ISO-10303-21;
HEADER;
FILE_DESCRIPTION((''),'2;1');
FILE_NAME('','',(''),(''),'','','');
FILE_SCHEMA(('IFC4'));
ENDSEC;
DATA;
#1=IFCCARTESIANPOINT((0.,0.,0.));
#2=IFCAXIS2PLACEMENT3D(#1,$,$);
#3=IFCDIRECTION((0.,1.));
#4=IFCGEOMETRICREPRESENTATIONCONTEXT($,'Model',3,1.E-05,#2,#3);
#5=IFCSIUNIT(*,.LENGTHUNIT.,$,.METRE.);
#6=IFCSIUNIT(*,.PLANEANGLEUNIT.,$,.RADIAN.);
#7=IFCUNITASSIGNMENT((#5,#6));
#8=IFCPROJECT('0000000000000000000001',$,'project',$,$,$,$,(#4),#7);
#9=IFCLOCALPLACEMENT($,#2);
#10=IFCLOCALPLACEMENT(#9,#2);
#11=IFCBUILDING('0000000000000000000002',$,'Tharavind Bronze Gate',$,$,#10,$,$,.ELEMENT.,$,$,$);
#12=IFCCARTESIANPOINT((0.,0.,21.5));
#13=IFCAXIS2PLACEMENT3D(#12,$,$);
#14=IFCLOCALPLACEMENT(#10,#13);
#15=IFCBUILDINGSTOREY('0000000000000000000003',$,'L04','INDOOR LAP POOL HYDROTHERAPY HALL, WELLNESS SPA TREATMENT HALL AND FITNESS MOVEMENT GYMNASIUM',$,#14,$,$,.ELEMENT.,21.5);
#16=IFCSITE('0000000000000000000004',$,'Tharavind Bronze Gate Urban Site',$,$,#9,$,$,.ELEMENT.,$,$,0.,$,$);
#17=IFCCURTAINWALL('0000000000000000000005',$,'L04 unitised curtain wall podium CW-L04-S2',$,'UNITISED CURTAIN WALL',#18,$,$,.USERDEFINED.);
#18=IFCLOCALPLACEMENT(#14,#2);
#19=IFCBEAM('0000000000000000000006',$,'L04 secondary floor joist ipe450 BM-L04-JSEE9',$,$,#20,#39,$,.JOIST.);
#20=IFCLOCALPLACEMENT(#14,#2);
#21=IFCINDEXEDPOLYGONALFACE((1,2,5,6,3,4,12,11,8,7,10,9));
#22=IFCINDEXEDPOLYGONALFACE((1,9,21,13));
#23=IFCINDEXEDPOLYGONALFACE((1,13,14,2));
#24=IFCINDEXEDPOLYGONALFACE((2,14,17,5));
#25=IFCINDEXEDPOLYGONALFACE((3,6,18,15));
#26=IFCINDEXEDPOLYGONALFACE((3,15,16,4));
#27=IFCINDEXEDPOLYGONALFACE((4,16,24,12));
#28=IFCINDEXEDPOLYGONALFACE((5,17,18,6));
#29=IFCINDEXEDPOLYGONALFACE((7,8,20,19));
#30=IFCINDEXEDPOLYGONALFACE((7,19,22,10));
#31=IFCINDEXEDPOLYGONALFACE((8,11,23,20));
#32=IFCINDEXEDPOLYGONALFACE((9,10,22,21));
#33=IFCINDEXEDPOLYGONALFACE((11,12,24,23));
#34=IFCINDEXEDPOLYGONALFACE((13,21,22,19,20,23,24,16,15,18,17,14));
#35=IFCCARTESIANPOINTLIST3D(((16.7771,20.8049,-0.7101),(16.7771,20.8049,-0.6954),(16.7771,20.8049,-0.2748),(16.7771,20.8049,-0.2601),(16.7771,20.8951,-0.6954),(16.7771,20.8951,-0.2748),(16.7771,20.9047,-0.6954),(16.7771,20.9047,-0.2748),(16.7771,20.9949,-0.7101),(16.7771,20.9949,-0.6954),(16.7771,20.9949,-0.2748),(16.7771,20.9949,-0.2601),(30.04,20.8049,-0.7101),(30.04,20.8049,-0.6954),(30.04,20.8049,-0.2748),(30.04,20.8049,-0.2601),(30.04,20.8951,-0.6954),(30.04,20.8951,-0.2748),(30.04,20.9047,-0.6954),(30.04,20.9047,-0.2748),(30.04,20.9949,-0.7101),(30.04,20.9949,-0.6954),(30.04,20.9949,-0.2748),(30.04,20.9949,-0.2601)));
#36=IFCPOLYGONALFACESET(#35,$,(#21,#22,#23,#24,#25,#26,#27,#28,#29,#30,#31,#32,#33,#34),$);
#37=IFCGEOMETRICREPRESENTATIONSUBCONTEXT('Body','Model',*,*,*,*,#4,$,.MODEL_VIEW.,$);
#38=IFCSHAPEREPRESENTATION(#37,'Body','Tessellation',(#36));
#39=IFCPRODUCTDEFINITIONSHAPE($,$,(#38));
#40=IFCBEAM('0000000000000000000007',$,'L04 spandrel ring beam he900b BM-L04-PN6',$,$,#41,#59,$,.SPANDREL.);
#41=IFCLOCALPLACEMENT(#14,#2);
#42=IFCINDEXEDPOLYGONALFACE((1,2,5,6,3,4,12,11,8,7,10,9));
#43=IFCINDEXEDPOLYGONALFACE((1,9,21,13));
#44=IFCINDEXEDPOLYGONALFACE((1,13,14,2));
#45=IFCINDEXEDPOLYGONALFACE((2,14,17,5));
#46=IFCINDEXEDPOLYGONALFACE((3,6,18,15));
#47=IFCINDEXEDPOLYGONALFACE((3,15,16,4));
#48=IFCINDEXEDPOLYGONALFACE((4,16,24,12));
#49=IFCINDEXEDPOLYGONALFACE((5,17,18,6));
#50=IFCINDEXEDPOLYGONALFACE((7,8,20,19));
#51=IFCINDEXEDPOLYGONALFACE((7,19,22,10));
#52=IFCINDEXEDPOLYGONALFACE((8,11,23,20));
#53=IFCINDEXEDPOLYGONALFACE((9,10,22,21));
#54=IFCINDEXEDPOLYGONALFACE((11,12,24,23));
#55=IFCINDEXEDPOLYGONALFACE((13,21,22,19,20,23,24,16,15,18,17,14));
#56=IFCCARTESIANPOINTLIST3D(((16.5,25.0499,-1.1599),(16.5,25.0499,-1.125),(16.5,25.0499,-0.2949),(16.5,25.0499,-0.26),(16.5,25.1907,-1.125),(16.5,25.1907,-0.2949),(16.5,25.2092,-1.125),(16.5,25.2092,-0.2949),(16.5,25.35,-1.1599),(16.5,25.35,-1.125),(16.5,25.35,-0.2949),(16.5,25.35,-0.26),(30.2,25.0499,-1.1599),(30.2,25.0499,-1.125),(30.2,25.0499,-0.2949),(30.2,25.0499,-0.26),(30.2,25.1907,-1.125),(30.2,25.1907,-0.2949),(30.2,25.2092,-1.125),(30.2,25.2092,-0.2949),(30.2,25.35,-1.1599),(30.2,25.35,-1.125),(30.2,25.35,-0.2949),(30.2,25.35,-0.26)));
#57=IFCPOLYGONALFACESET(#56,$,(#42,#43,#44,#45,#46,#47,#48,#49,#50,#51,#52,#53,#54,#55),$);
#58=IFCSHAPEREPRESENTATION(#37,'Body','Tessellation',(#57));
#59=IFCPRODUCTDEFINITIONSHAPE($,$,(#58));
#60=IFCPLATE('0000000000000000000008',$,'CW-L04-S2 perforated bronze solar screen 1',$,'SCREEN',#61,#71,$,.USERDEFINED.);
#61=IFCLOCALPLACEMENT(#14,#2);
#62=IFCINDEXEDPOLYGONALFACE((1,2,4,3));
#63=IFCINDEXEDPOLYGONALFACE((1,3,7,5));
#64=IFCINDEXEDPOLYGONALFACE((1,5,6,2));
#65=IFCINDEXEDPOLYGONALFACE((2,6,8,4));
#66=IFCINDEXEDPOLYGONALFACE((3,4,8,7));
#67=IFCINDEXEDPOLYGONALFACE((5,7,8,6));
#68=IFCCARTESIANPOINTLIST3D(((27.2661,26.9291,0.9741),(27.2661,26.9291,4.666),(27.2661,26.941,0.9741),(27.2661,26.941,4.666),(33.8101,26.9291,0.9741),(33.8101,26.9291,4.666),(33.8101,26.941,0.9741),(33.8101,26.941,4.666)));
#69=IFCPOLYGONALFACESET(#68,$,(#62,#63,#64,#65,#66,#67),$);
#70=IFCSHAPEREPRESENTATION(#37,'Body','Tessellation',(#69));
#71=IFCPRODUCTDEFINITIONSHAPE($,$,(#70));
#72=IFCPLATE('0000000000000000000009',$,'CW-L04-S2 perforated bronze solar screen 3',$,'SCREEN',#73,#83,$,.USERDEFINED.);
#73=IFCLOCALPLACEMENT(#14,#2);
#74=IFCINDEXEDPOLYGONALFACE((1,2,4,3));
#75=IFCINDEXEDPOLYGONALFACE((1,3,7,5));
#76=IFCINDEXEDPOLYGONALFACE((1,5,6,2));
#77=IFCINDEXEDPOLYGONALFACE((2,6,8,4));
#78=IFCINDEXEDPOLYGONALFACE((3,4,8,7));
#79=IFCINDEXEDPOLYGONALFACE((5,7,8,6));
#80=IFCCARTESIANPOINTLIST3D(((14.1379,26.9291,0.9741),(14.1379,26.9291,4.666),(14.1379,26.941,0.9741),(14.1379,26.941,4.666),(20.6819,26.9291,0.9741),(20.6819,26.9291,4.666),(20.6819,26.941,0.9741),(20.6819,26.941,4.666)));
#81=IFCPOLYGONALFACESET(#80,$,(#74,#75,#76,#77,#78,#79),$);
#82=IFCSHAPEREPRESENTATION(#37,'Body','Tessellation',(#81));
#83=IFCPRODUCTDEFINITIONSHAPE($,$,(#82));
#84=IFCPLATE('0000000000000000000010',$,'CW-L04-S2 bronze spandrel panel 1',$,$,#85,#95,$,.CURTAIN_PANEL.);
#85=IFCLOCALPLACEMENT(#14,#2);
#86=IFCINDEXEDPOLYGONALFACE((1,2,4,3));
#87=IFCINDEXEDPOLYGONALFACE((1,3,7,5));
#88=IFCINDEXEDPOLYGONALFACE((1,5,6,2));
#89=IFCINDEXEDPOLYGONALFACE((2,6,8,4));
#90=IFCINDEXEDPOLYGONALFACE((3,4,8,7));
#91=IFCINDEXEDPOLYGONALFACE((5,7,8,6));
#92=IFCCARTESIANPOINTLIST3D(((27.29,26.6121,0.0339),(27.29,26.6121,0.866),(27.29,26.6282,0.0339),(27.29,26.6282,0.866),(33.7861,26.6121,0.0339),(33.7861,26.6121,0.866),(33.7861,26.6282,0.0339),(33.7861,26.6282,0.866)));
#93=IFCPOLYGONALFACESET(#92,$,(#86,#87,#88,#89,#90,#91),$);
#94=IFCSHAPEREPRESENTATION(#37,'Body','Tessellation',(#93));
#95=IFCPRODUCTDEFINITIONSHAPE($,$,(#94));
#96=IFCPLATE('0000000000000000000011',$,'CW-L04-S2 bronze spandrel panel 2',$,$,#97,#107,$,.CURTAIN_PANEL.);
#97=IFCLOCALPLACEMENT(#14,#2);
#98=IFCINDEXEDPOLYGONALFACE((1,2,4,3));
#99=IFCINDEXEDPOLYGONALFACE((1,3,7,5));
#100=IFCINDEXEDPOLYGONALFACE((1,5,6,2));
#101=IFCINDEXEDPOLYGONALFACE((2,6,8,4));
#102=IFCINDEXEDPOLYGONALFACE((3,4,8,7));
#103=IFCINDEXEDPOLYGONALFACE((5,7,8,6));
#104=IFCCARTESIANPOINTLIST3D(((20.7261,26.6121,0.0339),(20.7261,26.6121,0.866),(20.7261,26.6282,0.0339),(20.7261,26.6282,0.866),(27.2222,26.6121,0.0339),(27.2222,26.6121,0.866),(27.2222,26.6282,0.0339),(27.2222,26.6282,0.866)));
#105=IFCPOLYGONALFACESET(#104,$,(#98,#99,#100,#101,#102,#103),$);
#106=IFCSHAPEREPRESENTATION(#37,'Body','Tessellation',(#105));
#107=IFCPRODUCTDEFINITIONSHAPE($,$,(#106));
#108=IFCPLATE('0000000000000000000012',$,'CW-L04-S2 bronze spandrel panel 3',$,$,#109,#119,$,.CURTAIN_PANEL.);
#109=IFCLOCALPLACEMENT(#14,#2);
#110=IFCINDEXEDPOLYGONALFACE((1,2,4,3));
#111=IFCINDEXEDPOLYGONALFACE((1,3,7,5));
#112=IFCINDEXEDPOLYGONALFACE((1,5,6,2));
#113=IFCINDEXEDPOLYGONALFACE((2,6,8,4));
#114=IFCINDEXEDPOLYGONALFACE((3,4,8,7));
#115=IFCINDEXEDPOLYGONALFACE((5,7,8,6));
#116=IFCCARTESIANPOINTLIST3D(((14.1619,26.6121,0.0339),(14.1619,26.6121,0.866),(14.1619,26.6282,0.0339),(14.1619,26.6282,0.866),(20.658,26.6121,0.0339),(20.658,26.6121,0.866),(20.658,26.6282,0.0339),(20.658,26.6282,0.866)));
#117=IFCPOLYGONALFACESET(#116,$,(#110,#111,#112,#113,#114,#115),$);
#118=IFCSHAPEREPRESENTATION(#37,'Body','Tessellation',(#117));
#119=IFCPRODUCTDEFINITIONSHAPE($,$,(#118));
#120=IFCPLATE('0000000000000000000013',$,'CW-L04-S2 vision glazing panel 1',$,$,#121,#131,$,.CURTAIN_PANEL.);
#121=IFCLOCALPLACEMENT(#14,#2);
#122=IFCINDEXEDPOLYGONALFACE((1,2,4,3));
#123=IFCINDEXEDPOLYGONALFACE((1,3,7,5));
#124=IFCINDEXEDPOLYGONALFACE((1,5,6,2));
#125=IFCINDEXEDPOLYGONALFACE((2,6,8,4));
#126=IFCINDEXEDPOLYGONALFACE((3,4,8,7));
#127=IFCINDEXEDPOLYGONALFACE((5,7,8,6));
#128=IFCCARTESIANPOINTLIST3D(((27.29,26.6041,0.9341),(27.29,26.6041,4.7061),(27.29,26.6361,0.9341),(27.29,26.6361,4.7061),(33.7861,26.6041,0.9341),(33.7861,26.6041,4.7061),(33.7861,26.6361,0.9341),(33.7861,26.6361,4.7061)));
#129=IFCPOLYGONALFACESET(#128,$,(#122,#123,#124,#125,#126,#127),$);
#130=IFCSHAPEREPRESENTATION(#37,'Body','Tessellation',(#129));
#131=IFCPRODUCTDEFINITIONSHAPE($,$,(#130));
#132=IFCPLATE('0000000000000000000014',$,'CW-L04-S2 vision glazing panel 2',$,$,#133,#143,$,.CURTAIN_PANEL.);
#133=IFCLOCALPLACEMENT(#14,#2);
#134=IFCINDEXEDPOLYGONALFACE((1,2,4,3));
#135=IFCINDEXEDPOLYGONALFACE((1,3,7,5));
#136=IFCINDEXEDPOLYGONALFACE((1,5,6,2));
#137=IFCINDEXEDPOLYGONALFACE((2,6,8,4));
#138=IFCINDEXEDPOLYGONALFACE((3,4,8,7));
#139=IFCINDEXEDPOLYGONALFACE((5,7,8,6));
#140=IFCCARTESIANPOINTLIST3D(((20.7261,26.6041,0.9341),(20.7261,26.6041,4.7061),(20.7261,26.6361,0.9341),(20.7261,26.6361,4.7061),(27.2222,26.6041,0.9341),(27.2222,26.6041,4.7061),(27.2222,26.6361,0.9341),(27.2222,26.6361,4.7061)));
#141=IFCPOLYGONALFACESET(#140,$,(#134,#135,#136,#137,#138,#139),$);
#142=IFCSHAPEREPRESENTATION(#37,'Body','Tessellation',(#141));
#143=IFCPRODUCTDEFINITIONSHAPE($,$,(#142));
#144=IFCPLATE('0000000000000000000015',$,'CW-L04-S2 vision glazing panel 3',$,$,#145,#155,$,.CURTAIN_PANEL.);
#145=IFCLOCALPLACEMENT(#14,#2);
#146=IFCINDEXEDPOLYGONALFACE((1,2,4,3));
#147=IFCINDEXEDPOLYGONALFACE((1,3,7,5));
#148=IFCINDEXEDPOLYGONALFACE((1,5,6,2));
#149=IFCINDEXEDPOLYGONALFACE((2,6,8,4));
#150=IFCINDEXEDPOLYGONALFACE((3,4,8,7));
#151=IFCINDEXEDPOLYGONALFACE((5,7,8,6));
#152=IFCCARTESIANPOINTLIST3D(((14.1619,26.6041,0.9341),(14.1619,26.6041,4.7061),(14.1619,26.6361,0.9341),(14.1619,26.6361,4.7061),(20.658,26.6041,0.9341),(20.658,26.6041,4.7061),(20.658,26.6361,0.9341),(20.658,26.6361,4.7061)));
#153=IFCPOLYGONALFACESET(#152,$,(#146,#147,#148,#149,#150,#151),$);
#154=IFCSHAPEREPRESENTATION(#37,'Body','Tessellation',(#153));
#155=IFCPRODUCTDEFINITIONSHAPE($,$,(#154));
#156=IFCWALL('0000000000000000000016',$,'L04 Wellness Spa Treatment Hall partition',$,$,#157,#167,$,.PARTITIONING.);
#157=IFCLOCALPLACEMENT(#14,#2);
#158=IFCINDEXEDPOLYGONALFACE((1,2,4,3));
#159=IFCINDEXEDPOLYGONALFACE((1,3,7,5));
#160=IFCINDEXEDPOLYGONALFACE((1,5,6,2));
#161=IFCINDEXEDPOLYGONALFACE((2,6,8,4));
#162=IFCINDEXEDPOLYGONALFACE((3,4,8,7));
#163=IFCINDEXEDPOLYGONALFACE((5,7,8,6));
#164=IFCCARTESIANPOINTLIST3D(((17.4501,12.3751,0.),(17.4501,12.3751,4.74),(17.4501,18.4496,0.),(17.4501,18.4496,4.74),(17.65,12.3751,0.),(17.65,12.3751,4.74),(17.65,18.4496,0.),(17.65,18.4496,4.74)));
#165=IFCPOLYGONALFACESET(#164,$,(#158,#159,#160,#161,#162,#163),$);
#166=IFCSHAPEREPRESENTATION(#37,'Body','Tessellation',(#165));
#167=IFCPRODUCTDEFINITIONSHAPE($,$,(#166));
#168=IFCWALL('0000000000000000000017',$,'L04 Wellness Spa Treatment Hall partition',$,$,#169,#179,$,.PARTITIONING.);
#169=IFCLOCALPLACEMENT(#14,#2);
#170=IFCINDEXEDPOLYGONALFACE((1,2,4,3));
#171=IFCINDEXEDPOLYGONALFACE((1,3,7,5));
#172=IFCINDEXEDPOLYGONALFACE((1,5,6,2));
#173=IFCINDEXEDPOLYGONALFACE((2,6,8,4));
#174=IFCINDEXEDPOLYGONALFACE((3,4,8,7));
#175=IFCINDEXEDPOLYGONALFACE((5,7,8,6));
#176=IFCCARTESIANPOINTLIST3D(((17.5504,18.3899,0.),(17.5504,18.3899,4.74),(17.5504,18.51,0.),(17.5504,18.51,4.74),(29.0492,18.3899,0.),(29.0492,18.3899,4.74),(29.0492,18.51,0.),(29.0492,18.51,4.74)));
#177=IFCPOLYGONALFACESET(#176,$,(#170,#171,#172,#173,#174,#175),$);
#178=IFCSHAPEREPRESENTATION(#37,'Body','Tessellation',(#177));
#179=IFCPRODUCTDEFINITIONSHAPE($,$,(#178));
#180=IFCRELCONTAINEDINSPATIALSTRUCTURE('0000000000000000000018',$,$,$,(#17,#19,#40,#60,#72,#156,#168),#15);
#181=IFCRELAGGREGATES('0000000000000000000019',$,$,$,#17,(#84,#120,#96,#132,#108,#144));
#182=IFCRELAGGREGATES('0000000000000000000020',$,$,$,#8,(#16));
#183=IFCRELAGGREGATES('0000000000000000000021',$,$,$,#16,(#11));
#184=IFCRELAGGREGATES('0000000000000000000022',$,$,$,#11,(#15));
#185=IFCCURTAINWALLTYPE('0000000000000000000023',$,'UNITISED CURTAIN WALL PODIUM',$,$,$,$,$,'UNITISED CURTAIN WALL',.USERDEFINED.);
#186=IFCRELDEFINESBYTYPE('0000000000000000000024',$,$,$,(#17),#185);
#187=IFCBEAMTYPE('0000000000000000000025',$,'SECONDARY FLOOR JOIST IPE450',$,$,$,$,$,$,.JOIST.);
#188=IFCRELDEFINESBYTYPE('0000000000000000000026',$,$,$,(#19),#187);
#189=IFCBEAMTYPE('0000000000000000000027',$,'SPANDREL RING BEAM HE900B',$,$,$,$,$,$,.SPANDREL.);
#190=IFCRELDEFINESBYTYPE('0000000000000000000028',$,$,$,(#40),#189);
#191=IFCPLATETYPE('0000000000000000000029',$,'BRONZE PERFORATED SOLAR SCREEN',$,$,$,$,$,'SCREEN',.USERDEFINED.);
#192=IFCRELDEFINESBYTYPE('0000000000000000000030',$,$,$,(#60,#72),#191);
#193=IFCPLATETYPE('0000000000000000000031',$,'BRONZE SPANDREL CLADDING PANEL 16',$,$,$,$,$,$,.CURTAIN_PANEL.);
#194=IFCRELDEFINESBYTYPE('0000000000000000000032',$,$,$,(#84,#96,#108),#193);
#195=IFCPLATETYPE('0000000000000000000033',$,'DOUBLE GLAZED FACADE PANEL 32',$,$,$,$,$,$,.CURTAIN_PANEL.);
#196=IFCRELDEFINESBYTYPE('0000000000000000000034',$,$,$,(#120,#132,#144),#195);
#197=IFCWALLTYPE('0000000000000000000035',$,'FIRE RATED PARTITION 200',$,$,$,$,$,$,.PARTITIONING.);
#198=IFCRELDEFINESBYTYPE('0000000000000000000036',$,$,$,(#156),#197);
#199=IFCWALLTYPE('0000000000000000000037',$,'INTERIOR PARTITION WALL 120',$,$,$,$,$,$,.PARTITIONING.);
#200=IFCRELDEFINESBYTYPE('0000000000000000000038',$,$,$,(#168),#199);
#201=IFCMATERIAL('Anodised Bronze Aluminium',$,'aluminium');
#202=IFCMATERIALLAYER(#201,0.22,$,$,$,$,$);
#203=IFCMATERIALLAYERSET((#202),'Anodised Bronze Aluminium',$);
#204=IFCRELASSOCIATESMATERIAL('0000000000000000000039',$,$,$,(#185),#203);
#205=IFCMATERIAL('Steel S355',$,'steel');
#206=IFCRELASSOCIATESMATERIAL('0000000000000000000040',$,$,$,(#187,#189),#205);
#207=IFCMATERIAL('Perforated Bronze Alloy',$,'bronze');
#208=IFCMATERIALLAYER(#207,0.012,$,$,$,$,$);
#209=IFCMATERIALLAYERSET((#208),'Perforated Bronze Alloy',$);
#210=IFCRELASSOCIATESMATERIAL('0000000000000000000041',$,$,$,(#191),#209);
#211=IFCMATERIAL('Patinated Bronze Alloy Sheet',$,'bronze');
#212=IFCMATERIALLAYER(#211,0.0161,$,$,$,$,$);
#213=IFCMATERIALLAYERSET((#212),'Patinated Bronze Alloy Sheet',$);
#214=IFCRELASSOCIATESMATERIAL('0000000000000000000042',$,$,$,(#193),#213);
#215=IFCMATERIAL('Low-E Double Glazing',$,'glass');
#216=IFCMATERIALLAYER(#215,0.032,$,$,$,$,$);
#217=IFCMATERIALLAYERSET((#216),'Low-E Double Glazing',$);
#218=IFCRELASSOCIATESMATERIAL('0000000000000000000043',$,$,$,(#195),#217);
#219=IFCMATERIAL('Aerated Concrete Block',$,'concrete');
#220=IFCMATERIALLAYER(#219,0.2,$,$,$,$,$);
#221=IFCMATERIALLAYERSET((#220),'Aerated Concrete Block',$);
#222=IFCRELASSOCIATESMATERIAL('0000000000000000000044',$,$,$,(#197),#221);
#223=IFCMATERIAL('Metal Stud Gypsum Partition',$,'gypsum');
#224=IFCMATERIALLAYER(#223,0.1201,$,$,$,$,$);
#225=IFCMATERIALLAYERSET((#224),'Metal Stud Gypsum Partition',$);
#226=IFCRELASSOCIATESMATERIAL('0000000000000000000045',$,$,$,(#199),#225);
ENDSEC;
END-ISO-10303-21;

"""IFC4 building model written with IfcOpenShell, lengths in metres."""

from ifc_helpers import new_model, si_unit, direction, frame, frame_2d, origin, origin_2d, place, context, subcontext, project, spatial, rectangle, i_section, extrude, material, layer, layer_set, material_profile, profile_set, type_object, element, aggregate, save


model = new_model("IFC4")

# Units and contexts
model_context = context("Model", 3, precision=1e-05, world=origin(), true_north=direction((0.0, 1.0)))
body_context = subcontext(model_context, "Body", "Model", "MODEL_VIEW")
ifc_project = project(units=[si_unit("LENGTHUNIT", "METRE"), si_unit("PLANEANGLEUNIT", "RADIAN")], contexts=[model_context])

# Site, building, storey
site_placement = place(None, origin())
site = spatial("IfcSite", under=ifc_project, at=site_placement, Name="Tharavind Bronze Gate Urban Site", CompositionType="ELEMENT", RefElevation=0.0)
building_placement = place(site_placement, origin())
building = spatial("IfcBuilding", under=site, at=building_placement, Name="Tharavind Bronze Gate", CompositionType="ELEMENT")
storey_placement = place(building_placement, frame((0.0, 0.0, 21.5)))
storey = spatial("IfcBuildingStorey", under=building, at=storey_placement, Name="L04", Description="INDOOR LAP POOL HYDROTHERAPY HALL, WELLNESS SPA TREATMENT HALL AND FITNESS MOVEMENT GYMNASIUM", CompositionType="ELEMENT", Elevation=21.5)

# Curtain wall
ifc_material_1 = material(Name="Anodised Bronze Aluminium", Category="aluminium")
ifc_layer_1 = layer(ifc_material_1, 0.22)
ifc_layer_set_1 = layer_set([ifc_layer_1], Name="Anodised Bronze Aluminium")
curtain_wall_type = type_object("IfcCurtainWallType", Name="UNITISED CURTAIN WALL PODIUM", ElementType="UNITISED CURTAIN WALL", PredefinedType="USERDEFINED", material=ifc_layer_set_1)
curtain_wall_placement = place(storey_placement, origin())
curtain_wall = element("IfcCurtainWall", 1, at=curtain_wall_placement, inside=storey, type_object=curtain_wall_type, Name="L04 unitised curtain wall podium CW-L04-S2", ObjectType="UNITISED CURTAIN WALL", PredefinedType="USERDEFINED")

# Beams
ifc_material_2 = material(Name="Steel S355", Category="steel")
ifc_material_profile_1 = material_profile(ifc_material_2, i_section(OverallWidth=0.1899, OverallDepth=0.45, WebThickness=0.0095, FlangeThickness=0.0146, at=origin_2d()), Name="IPE450")
ifc_profile_set_1 = profile_set([ifc_material_profile_1], Name="Steel S355")
beam_type_1 = type_object("IfcBeamType", Name="SECONDARY FLOOR JOIST IPE450", PredefinedType="JOIST", material=ifc_profile_set_1)
beam_1_placement = place(storey_placement, frame((16.7771, 20.8999, -0.4851), z_axis=(1.0, 0.0, 0.0), x_axis=(0.0, 1.0, 0.0)))
element("IfcBeam", 2, at=beam_1_placement, inside=storey, type_object=beam_type_1, Name="L04 secondary floor joist ipe450 BM-L04-JSEE9", PredefinedType="JOIST", context=body_context, shape_type="SweptSolid", body=[
    extrude(i_section(OverallWidth=0.1899, OverallDepth=0.45, WebThickness=0.0095, FlangeThickness=0.0146, at=origin_2d()), origin(), (0.0, 0.0, 1.0), 13.2629),
])
ifc_material_profile_2 = material_profile(ifc_material_2, i_section(OverallWidth=0.3, OverallDepth=0.8999, WebThickness=0.0186, FlangeThickness=0.0349, at=origin_2d()), Name="HE900B")
ifc_profile_set_2 = profile_set([ifc_material_profile_2], Name="Steel S355")
beam_type_2 = type_object("IfcBeamType", Name="SPANDREL RING BEAM HE900B", PredefinedType="SPANDREL", material=ifc_profile_set_2)
beam_2_placement = place(storey_placement, frame((16.5, 25.2, -0.71), z_axis=(1.0, 0.0, 0.0), x_axis=(0.0, 1.0, 0.0)))
element("IfcBeam", 3, at=beam_2_placement, inside=storey, type_object=beam_type_2, Name="L04 spandrel ring beam he900b BM-L04-PN6", PredefinedType="SPANDREL", context=body_context, shape_type="SweptSolid", body=[
    extrude(i_section(OverallWidth=0.3, OverallDepth=0.8999, WebThickness=0.0186, FlangeThickness=0.0349, at=origin_2d()), origin(), (0.0, 0.0, 1.0), 13.7),
])

# Plates
ifc_material_3 = material(Name="Perforated Bronze Alloy", Category="bronze")
ifc_layer_2 = layer(ifc_material_3, 0.012)
ifc_layer_set_2 = layer_set([ifc_layer_2], Name="Perforated Bronze Alloy")
plate_type_1 = type_object("IfcPlateType", Name="BRONZE PERFORATED SOLAR SCREEN", ElementType="SCREEN", PredefinedType="USERDEFINED", material=ifc_layer_set_2)
for number, where, z_axis, x_axis, name in (
    (4, (30.5381, 26.9351, 0.9741), (0.0, 0.0, 1.0), (-1.0, 0.0, 0.0), "CW-L04-S2 perforated bronze solar screen 1"),
    (5, (17.4099, 26.9351, 0.9741), (0.0, 0.0, 1.0), (-1.0, 0.0, 0.0), "CW-L04-S2 perforated bronze solar screen 3"),
):
    element("IfcPlate", number, at=place(storey_placement, frame(where, z_axis=z_axis, x_axis=x_axis)), inside=storey, type_object=plate_type_1, Name=name, ObjectType="SCREEN", PredefinedType="USERDEFINED", context=body_context, shape_type="SweptSolid", body=[
        extrude(rectangle(XDim=6.5439, YDim=0.012, at=origin_2d()), origin(), (0.0, 0.0, 1.0), 3.6919),
    ])

# Plates
ifc_material_4 = material(Name="Patinated Bronze Alloy Sheet", Category="bronze")
ifc_layer_3 = layer(ifc_material_4, 0.0161)
ifc_layer_set_3 = layer_set([ifc_layer_3], Name="Patinated Bronze Alloy Sheet")
plate_type_2 = type_object("IfcPlateType", Name="BRONZE SPANDREL CLADDING PANEL 16", PredefinedType="CURTAIN_PANEL", material=ifc_layer_set_3)
plate_1_placement = place(storey_placement, frame((30.5381, 26.6201, 0.0339), z_axis=(0.0, 0.0, 1.0), x_axis=(-1.0, 0.0, 0.0)))
plate_1 = element("IfcPlate", 6, at=plate_1_placement, type_object=plate_type_2, Name="CW-L04-S2 bronze spandrel panel 1", PredefinedType="CURTAIN_PANEL", context=body_context, shape_type="SweptSolid", body=[
    extrude(rectangle(XDim=6.4961, YDim=0.0161, at=origin_2d()), origin(), (0.0, 0.0, 1.0), 0.832),
])
plate_2_placement = place(storey_placement, frame((23.9741, 26.6201, 0.0339), z_axis=(0.0, 0.0, 1.0), x_axis=(-1.0, 0.0, 0.0)))
plate_2 = element("IfcPlate", 7, at=plate_2_placement, type_object=plate_type_2, Name="CW-L04-S2 bronze spandrel panel 2", PredefinedType="CURTAIN_PANEL", context=body_context, shape_type="SweptSolid", body=[
    extrude(rectangle(XDim=6.4961, YDim=0.0161, at=origin_2d()), origin(), (0.0, 0.0, 1.0), 0.832),
])
plate_3_placement = place(storey_placement, frame((17.4099, 26.6201, 0.0339), z_axis=(0.0, 0.0, 1.0), x_axis=(-1.0, 0.0, 0.0)))
plate_3 = element("IfcPlate", 8, at=plate_3_placement, type_object=plate_type_2, Name="CW-L04-S2 bronze spandrel panel 3", PredefinedType="CURTAIN_PANEL", context=body_context, shape_type="SweptSolid", body=[
    extrude(rectangle(XDim=6.4961, YDim=0.0161, at=origin_2d()), origin(), (0.0, 0.0, 1.0), 0.832),
])
ifc_material_5 = material(Name="Low-E Double Glazing", Category="glass")
ifc_layer_4 = layer(ifc_material_5, 0.032)
ifc_layer_set_4 = layer_set([ifc_layer_4], Name="Low-E Double Glazing")
plate_type_3 = type_object("IfcPlateType", Name="DOUBLE GLAZED FACADE PANEL 32", PredefinedType="CURTAIN_PANEL", material=ifc_layer_set_4)
plate_4_placement = place(storey_placement, frame((30.5381, 26.6201, 0.9341), z_axis=(0.0, 0.0, 1.0), x_axis=(-1.0, 0.0, 0.0)))
plate_4 = element("IfcPlate", 9, at=plate_4_placement, type_object=plate_type_3, Name="CW-L04-S2 vision glazing panel 1", PredefinedType="CURTAIN_PANEL", context=body_context, shape_type="SweptSolid", body=[
    extrude(rectangle(XDim=6.4961, YDim=0.032, at=origin_2d()), origin(), (0.0, 0.0, 1.0), 3.772),
])
plate_5_placement = place(storey_placement, frame((23.9741, 26.6201, 0.9341), z_axis=(0.0, 0.0, 1.0), x_axis=(-1.0, 0.0, 0.0)))
plate_5 = element("IfcPlate", 10, at=plate_5_placement, type_object=plate_type_3, Name="CW-L04-S2 vision glazing panel 2", PredefinedType="CURTAIN_PANEL", context=body_context, shape_type="SweptSolid", body=[
    extrude(rectangle(XDim=6.4961, YDim=0.032, at=origin_2d()), origin(), (0.0, 0.0, 1.0), 3.772),
])
plate_6_placement = place(storey_placement, frame((17.4099, 26.6201, 0.9341), z_axis=(0.0, 0.0, 1.0), x_axis=(-1.0, 0.0, 0.0)))
plate_6 = element("IfcPlate", 11, at=plate_6_placement, type_object=plate_type_3, Name="CW-L04-S2 vision glazing panel 3", PredefinedType="CURTAIN_PANEL", context=body_context, shape_type="SweptSolid", body=[
    extrude(rectangle(XDim=6.4961, YDim=0.032, at=origin_2d()), origin(), (0.0, 0.0, 1.0), 3.772),
])
aggregate(curtain_wall, [plate_1, plate_4, plate_2, plate_5, plate_3, plate_6])

# Walls
ifc_material_6 = material(Name="Aerated Concrete Block", Category="concrete")
ifc_layer_5 = layer(ifc_material_6, 0.2)
ifc_layer_set_5 = layer_set([ifc_layer_5], Name="Aerated Concrete Block")
wall_type_1 = type_object("IfcWallType", Name="FIRE RATED PARTITION 200", PredefinedType="PARTITIONING", material=ifc_layer_set_5)
wall_1_placement = place(storey_placement, frame((17.55, 18.4495, 0.0), z_axis=(0.0, 0.0, 1.0), x_axis=(0.0, -1.0, 0.0)))
element("IfcWall", 12, at=wall_1_placement, inside=storey, type_object=wall_type_1, Name="L04 Wellness Spa Treatment Hall partition", PredefinedType="PARTITIONING", context=body_context, shape_type="SweptSolid", body=[
    extrude(rectangle(XDim=6.0745, YDim=0.2, at=frame_2d((3.0371, 0.0))), origin(), (0.0, 0.0, 1.0), 4.74),
])
ifc_material_7 = material(Name="Metal Stud Gypsum Partition", Category="gypsum")
ifc_layer_6 = layer(ifc_material_7, 0.1201)
ifc_layer_set_6 = layer_set([ifc_layer_6], Name="Metal Stud Gypsum Partition")
wall_type_2 = type_object("IfcWallType", Name="INTERIOR PARTITION WALL 120", PredefinedType="PARTITIONING", material=ifc_layer_set_6)
wall_2_placement = place(storey_placement, frame((29.0493, 18.45, 0.0), z_axis=(0.0, 0.0, 1.0), x_axis=(-1.0, 0.0, 0.0)))
element("IfcWall", 13, at=wall_2_placement, inside=storey, type_object=wall_type_2, Name="L04 Wellness Spa Treatment Hall partition", PredefinedType="PARTITIONING", context=body_context, shape_type="SweptSolid", body=[
    extrude(rectangle(XDim=11.4988, YDim=0.1201, at=frame_2d((5.7495, 0.0))), origin(), (0.0, 0.0, 1.0), 4.74),
])

save(model, "model.ifc")
